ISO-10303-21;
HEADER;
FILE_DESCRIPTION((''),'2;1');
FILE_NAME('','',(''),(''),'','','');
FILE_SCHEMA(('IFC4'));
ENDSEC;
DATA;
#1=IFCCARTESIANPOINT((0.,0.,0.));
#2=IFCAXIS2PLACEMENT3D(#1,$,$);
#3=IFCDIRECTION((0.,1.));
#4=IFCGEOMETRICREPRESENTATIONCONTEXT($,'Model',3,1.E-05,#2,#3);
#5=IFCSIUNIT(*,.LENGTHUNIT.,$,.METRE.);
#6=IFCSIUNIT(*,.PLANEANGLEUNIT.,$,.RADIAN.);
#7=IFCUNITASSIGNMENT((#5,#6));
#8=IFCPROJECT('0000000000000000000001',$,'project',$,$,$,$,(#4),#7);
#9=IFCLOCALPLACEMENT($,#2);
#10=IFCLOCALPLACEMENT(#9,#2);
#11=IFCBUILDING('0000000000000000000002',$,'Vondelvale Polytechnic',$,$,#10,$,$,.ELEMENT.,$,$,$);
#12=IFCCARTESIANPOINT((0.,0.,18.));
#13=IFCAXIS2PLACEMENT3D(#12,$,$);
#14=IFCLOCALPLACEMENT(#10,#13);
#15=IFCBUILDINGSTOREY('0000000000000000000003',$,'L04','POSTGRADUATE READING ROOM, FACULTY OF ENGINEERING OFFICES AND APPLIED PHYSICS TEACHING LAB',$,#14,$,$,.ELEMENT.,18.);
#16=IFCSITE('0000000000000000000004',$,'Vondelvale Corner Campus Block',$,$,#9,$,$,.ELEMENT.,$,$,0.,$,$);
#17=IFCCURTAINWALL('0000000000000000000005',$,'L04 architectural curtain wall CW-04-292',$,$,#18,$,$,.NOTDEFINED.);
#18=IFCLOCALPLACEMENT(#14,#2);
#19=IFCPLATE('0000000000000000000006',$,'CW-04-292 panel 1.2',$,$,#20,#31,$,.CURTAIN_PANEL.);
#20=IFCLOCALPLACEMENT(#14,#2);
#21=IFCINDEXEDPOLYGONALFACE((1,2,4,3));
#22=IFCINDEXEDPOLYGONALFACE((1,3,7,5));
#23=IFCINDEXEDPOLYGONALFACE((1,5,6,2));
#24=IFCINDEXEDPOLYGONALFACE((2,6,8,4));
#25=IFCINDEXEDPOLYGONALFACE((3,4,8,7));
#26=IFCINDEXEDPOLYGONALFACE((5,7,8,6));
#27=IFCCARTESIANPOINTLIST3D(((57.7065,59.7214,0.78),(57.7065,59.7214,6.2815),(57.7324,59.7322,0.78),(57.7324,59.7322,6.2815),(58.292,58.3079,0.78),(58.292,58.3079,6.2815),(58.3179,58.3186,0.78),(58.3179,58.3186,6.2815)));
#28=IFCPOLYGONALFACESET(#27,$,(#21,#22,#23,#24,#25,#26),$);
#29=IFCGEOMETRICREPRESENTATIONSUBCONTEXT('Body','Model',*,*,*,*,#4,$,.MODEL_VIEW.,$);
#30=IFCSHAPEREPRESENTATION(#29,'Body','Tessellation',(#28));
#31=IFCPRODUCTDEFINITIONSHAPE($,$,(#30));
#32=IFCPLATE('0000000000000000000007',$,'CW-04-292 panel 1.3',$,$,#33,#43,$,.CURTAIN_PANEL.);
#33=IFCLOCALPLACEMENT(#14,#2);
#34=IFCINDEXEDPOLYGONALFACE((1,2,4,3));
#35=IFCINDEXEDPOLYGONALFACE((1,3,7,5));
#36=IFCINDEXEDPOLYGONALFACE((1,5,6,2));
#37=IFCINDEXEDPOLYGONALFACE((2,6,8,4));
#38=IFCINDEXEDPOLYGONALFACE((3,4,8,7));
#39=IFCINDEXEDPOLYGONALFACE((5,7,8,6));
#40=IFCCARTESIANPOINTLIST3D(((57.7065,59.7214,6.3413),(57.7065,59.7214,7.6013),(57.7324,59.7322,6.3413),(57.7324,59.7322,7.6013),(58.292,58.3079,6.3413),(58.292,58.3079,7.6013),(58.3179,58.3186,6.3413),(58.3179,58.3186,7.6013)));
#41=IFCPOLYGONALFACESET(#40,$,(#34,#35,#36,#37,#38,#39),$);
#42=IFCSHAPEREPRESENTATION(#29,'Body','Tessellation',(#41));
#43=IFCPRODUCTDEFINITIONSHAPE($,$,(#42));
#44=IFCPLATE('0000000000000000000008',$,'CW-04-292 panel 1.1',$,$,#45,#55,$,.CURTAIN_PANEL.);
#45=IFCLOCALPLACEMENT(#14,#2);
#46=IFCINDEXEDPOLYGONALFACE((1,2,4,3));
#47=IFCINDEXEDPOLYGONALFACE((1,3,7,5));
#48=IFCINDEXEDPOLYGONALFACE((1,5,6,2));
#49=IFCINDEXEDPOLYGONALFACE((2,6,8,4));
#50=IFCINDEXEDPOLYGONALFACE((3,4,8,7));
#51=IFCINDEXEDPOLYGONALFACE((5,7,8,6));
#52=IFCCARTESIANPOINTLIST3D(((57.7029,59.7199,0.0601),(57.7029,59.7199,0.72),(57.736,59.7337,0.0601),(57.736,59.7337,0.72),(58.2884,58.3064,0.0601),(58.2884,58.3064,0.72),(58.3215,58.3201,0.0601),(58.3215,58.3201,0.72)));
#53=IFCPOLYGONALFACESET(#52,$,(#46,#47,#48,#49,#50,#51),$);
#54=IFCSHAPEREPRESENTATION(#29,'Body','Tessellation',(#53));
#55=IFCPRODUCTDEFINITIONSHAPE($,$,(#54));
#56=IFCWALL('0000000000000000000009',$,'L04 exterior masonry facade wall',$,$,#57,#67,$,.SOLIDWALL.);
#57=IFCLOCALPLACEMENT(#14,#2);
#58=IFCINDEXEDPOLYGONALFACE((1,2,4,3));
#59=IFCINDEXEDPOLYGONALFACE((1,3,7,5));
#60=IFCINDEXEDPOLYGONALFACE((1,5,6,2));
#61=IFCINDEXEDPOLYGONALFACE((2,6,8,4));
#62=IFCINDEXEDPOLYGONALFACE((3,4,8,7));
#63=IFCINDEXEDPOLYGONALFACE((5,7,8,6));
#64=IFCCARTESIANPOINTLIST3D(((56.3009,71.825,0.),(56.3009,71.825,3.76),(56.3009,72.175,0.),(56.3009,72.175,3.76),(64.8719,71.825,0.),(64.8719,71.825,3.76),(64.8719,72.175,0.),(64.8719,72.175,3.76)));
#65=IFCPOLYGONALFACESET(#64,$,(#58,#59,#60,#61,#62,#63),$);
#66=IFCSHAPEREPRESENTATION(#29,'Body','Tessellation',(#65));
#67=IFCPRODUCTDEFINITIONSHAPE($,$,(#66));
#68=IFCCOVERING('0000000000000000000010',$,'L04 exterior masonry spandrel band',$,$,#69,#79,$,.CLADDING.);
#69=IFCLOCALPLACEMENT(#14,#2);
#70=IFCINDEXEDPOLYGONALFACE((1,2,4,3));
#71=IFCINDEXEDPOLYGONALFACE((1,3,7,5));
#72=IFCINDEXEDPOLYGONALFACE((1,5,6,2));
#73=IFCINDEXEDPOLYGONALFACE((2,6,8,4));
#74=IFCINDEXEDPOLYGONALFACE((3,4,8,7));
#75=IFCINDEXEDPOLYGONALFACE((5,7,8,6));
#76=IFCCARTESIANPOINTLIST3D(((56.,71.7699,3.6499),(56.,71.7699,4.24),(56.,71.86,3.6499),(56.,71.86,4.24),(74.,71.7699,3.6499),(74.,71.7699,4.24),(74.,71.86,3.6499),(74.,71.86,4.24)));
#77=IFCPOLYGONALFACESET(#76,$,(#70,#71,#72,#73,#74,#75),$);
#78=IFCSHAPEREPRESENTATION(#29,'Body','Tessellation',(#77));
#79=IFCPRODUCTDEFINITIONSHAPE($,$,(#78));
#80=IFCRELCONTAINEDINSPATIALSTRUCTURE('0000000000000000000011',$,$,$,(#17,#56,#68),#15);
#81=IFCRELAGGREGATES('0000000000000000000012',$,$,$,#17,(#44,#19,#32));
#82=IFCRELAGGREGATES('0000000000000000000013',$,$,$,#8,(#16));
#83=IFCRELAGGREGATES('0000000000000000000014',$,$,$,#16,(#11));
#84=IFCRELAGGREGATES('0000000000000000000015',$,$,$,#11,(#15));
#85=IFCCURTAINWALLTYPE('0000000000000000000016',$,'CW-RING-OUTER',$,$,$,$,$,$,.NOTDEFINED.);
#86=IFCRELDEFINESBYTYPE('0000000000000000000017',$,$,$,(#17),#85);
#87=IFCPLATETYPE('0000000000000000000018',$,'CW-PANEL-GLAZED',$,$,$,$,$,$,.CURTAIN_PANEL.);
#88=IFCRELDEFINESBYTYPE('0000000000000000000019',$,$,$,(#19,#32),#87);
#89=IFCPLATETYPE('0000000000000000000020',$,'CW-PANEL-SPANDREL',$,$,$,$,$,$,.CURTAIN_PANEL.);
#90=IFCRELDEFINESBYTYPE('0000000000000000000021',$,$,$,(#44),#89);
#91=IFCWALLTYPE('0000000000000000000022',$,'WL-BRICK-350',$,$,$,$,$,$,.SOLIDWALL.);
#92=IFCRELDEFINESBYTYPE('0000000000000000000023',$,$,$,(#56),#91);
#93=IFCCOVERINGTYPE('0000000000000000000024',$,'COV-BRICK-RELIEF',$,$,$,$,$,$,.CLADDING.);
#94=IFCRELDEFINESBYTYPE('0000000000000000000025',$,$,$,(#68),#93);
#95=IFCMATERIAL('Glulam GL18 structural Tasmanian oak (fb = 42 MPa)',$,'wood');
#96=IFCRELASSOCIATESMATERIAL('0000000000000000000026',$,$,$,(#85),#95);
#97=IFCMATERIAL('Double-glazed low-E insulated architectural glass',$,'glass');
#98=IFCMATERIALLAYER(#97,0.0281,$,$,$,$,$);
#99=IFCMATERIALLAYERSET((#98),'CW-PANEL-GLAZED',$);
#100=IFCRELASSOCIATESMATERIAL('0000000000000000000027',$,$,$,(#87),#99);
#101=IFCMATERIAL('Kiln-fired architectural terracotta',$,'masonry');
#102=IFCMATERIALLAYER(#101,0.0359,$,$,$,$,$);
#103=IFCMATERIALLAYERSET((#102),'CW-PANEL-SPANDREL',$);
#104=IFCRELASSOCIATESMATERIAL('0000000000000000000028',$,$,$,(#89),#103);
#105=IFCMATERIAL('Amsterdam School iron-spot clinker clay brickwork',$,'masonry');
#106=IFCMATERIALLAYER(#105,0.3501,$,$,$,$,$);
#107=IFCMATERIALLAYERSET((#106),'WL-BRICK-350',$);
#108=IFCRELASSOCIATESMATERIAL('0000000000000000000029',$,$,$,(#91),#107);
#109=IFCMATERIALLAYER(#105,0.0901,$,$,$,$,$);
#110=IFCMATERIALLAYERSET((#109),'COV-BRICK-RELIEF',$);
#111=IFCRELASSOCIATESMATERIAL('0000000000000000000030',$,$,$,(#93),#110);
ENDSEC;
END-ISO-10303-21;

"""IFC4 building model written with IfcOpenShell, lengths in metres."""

from ifc_helpers import new_model, si_unit, direction, frame, frame_2d, origin, origin_2d, place, context, subcontext, project, spatial, rectangle, extrude, material, layer, layer_set, type_object, element, aggregate, save


model = new_model("IFC4")

# Units and contexts
model_context = context("Model", 3, precision=1e-05, world=origin(), true_north=direction((0.0, 1.0)))
body_context = subcontext(model_context, "Body", "Model", "MODEL_VIEW")
ifc_project = project(units=[si_unit("LENGTHUNIT", "METRE"), si_unit("PLANEANGLEUNIT", "RADIAN")], contexts=[model_context])

# Site, building, storey
site_placement = place(None, origin())
site = spatial("IfcSite", under=ifc_project, at=site_placement, Name="Vondelvale Corner Campus Block", CompositionType="ELEMENT", RefElevation=0.0)
building_placement = place(site_placement, origin())
building = spatial("IfcBuilding", under=site, at=building_placement, Name="Vondelvale Polytechnic", CompositionType="ELEMENT")
storey_placement = place(building_placement, frame((0.0, 0.0, 18.0)))
storey = spatial("IfcBuildingStorey", under=building, at=storey_placement, Name="L04", Description="POSTGRADUATE READING ROOM, FACULTY OF ENGINEERING OFFICES AND APPLIED PHYSICS TEACHING LAB", CompositionType="ELEMENT", Elevation=18.0)

# Shared definitions
ifc_material_1 = material(Name="Glulam GL18 structural Tasmanian oak (fb = 42 MPa)", Category="wood")
curtain_wall_type_1 = type_object("IfcCurtainWallType", Name="CW-RING-OUTER", PredefinedType="NOTDEFINED", material=ifc_material_1)

# Curtain wall
curtain_wall_1_placement = place(storey_placement, origin())
curtain_wall_1 = element("IfcCurtainWall", 1, at=curtain_wall_1_placement, inside=storey, type_object=curtain_wall_type_1, Name="L04 architectural curtain wall CW-04-292", PredefinedType="NOTDEFINED")

# Plates
ifc_material_2 = material(Name="Double-glazed low-E insulated architectural glass", Category="glass")
ifc_layer_1 = layer(ifc_material_2, 0.0281)
ifc_layer_set_1 = layer_set([ifc_layer_1], Name="CW-PANEL-GLAZED")
plate_type_1 = type_object("IfcPlateType", Name="CW-PANEL-GLAZED", PredefinedType="CURTAIN_PANEL", material=ifc_layer_set_1)
plate_1_placement = place(storey_placement, frame((58.0122, 59.02, 0.78), z_axis=(0.0, 0.0, 1.0), x_axis=(0.382677, -0.923882, 0.0)))
plate_1 = element("IfcPlate", 2, at=plate_1_placement, type_object=plate_type_1, Name="CW-04-292 panel 1.2", PredefinedType="CURTAIN_PANEL", context=body_context, shape_type="SweptSolid", body=[
    extrude(rectangle(XDim=1.53, YDim=0.0281, at=origin_2d()), origin(), (0.0, 0.0, 1.0), 5.5015),
])
plate_2_placement = place(storey_placement, frame((58.0122, 59.02, 6.3413), z_axis=(0.0, 0.0, 1.0), x_axis=(0.382677, -0.923882, 0.0)))
plate_2 = element("IfcPlate", 3, at=plate_2_placement, type_object=plate_type_1, Name="CW-04-292 panel 1.3", PredefinedType="CURTAIN_PANEL", context=body_context, shape_type="SweptSolid", body=[
    extrude(rectangle(XDim=1.53, YDim=0.0281, at=origin_2d()), origin(), (0.0, 0.0, 1.0), 1.26),
])
ifc_material_3 = material(Name="Kiln-fired architectural terracotta", Category="masonry")
ifc_layer_2 = layer(ifc_material_3, 0.0359)
ifc_layer_set_2 = layer_set([ifc_layer_2], Name="CW-PANEL-SPANDREL")
plate_type_2 = type_object("IfcPlateType", Name="CW-PANEL-SPANDREL", PredefinedType="CURTAIN_PANEL", material=ifc_layer_set_2)
plate_3_placement = place(storey_placement, frame((58.0122, 59.02, 0.0601), z_axis=(0.0, 0.0, 1.0), x_axis=(0.382677, -0.923882, 0.0)))
plate_3 = element("IfcPlate", 4, at=plate_3_placement, type_object=plate_type_2, Name="CW-04-292 panel 1.1", PredefinedType="CURTAIN_PANEL", context=body_context, shape_type="SweptSolid", body=[
    extrude(rectangle(XDim=1.53, YDim=0.0359, at=origin_2d()), origin(), (0.0, 0.0, 1.0), 0.6599),
])
aggregate(curtain_wall_1, [plate_3, plate_1, plate_2])

# Wall
ifc_material_4 = material(Name="Amsterdam School iron-spot clinker clay brickwork", Category="masonry")
ifc_layer_3 = layer(ifc_material_4, 0.3501)
ifc_layer_set_3 = layer_set([ifc_layer_3], Name="WL-BRICK-350")
wall_type = type_object("IfcWallType", Name="WL-BRICK-350", PredefinedType="SOLIDWALL", material=ifc_layer_set_3)
wall_placement = place(storey_placement, frame((64.8721, 72.0, 0.0), z_axis=(0.0, 0.0, 1.0), x_axis=(-1.0, 0.0, 0.0)))
element("IfcWall", 5, at=wall_placement, inside=storey, type_object=wall_type, Name="L04 exterior masonry facade wall", PredefinedType="SOLIDWALL", context=body_context, shape_type="SweptSolid", body=[
    extrude(rectangle(XDim=8.571, YDim=0.3501, at=frame_2d((4.2856, 0.0))), origin(), (0.0, 0.0, 1.0), 3.76),
])

# Covering
ifc_layer_4 = layer(ifc_material_4, 0.0901)
ifc_layer_set_4 = layer_set([ifc_layer_4], Name="COV-BRICK-RELIEF")
covering_type = type_object("IfcCoveringType", Name="COV-BRICK-RELIEF", PredefinedType="CLADDING", material=ifc_layer_set_4)
covering_placement = place(storey_placement, frame((65.0, 71.8149, 3.6499), z_axis=(0.0, 0.0, 1.0), x_axis=(-1.0, 0.0, 0.0)))
element("IfcCovering", 6, at=covering_placement, inside=storey, type_object=covering_type, Name="L04 exterior masonry spandrel band", PredefinedType="CLADDING", context=body_context, shape_type="SweptSolid", body=[
    extrude(rectangle(XDim=18.0, YDim=0.0901, at=origin_2d()), origin(), (0.0, 0.0, 1.0), 0.5901),
])

save(model, "model.ifc")
